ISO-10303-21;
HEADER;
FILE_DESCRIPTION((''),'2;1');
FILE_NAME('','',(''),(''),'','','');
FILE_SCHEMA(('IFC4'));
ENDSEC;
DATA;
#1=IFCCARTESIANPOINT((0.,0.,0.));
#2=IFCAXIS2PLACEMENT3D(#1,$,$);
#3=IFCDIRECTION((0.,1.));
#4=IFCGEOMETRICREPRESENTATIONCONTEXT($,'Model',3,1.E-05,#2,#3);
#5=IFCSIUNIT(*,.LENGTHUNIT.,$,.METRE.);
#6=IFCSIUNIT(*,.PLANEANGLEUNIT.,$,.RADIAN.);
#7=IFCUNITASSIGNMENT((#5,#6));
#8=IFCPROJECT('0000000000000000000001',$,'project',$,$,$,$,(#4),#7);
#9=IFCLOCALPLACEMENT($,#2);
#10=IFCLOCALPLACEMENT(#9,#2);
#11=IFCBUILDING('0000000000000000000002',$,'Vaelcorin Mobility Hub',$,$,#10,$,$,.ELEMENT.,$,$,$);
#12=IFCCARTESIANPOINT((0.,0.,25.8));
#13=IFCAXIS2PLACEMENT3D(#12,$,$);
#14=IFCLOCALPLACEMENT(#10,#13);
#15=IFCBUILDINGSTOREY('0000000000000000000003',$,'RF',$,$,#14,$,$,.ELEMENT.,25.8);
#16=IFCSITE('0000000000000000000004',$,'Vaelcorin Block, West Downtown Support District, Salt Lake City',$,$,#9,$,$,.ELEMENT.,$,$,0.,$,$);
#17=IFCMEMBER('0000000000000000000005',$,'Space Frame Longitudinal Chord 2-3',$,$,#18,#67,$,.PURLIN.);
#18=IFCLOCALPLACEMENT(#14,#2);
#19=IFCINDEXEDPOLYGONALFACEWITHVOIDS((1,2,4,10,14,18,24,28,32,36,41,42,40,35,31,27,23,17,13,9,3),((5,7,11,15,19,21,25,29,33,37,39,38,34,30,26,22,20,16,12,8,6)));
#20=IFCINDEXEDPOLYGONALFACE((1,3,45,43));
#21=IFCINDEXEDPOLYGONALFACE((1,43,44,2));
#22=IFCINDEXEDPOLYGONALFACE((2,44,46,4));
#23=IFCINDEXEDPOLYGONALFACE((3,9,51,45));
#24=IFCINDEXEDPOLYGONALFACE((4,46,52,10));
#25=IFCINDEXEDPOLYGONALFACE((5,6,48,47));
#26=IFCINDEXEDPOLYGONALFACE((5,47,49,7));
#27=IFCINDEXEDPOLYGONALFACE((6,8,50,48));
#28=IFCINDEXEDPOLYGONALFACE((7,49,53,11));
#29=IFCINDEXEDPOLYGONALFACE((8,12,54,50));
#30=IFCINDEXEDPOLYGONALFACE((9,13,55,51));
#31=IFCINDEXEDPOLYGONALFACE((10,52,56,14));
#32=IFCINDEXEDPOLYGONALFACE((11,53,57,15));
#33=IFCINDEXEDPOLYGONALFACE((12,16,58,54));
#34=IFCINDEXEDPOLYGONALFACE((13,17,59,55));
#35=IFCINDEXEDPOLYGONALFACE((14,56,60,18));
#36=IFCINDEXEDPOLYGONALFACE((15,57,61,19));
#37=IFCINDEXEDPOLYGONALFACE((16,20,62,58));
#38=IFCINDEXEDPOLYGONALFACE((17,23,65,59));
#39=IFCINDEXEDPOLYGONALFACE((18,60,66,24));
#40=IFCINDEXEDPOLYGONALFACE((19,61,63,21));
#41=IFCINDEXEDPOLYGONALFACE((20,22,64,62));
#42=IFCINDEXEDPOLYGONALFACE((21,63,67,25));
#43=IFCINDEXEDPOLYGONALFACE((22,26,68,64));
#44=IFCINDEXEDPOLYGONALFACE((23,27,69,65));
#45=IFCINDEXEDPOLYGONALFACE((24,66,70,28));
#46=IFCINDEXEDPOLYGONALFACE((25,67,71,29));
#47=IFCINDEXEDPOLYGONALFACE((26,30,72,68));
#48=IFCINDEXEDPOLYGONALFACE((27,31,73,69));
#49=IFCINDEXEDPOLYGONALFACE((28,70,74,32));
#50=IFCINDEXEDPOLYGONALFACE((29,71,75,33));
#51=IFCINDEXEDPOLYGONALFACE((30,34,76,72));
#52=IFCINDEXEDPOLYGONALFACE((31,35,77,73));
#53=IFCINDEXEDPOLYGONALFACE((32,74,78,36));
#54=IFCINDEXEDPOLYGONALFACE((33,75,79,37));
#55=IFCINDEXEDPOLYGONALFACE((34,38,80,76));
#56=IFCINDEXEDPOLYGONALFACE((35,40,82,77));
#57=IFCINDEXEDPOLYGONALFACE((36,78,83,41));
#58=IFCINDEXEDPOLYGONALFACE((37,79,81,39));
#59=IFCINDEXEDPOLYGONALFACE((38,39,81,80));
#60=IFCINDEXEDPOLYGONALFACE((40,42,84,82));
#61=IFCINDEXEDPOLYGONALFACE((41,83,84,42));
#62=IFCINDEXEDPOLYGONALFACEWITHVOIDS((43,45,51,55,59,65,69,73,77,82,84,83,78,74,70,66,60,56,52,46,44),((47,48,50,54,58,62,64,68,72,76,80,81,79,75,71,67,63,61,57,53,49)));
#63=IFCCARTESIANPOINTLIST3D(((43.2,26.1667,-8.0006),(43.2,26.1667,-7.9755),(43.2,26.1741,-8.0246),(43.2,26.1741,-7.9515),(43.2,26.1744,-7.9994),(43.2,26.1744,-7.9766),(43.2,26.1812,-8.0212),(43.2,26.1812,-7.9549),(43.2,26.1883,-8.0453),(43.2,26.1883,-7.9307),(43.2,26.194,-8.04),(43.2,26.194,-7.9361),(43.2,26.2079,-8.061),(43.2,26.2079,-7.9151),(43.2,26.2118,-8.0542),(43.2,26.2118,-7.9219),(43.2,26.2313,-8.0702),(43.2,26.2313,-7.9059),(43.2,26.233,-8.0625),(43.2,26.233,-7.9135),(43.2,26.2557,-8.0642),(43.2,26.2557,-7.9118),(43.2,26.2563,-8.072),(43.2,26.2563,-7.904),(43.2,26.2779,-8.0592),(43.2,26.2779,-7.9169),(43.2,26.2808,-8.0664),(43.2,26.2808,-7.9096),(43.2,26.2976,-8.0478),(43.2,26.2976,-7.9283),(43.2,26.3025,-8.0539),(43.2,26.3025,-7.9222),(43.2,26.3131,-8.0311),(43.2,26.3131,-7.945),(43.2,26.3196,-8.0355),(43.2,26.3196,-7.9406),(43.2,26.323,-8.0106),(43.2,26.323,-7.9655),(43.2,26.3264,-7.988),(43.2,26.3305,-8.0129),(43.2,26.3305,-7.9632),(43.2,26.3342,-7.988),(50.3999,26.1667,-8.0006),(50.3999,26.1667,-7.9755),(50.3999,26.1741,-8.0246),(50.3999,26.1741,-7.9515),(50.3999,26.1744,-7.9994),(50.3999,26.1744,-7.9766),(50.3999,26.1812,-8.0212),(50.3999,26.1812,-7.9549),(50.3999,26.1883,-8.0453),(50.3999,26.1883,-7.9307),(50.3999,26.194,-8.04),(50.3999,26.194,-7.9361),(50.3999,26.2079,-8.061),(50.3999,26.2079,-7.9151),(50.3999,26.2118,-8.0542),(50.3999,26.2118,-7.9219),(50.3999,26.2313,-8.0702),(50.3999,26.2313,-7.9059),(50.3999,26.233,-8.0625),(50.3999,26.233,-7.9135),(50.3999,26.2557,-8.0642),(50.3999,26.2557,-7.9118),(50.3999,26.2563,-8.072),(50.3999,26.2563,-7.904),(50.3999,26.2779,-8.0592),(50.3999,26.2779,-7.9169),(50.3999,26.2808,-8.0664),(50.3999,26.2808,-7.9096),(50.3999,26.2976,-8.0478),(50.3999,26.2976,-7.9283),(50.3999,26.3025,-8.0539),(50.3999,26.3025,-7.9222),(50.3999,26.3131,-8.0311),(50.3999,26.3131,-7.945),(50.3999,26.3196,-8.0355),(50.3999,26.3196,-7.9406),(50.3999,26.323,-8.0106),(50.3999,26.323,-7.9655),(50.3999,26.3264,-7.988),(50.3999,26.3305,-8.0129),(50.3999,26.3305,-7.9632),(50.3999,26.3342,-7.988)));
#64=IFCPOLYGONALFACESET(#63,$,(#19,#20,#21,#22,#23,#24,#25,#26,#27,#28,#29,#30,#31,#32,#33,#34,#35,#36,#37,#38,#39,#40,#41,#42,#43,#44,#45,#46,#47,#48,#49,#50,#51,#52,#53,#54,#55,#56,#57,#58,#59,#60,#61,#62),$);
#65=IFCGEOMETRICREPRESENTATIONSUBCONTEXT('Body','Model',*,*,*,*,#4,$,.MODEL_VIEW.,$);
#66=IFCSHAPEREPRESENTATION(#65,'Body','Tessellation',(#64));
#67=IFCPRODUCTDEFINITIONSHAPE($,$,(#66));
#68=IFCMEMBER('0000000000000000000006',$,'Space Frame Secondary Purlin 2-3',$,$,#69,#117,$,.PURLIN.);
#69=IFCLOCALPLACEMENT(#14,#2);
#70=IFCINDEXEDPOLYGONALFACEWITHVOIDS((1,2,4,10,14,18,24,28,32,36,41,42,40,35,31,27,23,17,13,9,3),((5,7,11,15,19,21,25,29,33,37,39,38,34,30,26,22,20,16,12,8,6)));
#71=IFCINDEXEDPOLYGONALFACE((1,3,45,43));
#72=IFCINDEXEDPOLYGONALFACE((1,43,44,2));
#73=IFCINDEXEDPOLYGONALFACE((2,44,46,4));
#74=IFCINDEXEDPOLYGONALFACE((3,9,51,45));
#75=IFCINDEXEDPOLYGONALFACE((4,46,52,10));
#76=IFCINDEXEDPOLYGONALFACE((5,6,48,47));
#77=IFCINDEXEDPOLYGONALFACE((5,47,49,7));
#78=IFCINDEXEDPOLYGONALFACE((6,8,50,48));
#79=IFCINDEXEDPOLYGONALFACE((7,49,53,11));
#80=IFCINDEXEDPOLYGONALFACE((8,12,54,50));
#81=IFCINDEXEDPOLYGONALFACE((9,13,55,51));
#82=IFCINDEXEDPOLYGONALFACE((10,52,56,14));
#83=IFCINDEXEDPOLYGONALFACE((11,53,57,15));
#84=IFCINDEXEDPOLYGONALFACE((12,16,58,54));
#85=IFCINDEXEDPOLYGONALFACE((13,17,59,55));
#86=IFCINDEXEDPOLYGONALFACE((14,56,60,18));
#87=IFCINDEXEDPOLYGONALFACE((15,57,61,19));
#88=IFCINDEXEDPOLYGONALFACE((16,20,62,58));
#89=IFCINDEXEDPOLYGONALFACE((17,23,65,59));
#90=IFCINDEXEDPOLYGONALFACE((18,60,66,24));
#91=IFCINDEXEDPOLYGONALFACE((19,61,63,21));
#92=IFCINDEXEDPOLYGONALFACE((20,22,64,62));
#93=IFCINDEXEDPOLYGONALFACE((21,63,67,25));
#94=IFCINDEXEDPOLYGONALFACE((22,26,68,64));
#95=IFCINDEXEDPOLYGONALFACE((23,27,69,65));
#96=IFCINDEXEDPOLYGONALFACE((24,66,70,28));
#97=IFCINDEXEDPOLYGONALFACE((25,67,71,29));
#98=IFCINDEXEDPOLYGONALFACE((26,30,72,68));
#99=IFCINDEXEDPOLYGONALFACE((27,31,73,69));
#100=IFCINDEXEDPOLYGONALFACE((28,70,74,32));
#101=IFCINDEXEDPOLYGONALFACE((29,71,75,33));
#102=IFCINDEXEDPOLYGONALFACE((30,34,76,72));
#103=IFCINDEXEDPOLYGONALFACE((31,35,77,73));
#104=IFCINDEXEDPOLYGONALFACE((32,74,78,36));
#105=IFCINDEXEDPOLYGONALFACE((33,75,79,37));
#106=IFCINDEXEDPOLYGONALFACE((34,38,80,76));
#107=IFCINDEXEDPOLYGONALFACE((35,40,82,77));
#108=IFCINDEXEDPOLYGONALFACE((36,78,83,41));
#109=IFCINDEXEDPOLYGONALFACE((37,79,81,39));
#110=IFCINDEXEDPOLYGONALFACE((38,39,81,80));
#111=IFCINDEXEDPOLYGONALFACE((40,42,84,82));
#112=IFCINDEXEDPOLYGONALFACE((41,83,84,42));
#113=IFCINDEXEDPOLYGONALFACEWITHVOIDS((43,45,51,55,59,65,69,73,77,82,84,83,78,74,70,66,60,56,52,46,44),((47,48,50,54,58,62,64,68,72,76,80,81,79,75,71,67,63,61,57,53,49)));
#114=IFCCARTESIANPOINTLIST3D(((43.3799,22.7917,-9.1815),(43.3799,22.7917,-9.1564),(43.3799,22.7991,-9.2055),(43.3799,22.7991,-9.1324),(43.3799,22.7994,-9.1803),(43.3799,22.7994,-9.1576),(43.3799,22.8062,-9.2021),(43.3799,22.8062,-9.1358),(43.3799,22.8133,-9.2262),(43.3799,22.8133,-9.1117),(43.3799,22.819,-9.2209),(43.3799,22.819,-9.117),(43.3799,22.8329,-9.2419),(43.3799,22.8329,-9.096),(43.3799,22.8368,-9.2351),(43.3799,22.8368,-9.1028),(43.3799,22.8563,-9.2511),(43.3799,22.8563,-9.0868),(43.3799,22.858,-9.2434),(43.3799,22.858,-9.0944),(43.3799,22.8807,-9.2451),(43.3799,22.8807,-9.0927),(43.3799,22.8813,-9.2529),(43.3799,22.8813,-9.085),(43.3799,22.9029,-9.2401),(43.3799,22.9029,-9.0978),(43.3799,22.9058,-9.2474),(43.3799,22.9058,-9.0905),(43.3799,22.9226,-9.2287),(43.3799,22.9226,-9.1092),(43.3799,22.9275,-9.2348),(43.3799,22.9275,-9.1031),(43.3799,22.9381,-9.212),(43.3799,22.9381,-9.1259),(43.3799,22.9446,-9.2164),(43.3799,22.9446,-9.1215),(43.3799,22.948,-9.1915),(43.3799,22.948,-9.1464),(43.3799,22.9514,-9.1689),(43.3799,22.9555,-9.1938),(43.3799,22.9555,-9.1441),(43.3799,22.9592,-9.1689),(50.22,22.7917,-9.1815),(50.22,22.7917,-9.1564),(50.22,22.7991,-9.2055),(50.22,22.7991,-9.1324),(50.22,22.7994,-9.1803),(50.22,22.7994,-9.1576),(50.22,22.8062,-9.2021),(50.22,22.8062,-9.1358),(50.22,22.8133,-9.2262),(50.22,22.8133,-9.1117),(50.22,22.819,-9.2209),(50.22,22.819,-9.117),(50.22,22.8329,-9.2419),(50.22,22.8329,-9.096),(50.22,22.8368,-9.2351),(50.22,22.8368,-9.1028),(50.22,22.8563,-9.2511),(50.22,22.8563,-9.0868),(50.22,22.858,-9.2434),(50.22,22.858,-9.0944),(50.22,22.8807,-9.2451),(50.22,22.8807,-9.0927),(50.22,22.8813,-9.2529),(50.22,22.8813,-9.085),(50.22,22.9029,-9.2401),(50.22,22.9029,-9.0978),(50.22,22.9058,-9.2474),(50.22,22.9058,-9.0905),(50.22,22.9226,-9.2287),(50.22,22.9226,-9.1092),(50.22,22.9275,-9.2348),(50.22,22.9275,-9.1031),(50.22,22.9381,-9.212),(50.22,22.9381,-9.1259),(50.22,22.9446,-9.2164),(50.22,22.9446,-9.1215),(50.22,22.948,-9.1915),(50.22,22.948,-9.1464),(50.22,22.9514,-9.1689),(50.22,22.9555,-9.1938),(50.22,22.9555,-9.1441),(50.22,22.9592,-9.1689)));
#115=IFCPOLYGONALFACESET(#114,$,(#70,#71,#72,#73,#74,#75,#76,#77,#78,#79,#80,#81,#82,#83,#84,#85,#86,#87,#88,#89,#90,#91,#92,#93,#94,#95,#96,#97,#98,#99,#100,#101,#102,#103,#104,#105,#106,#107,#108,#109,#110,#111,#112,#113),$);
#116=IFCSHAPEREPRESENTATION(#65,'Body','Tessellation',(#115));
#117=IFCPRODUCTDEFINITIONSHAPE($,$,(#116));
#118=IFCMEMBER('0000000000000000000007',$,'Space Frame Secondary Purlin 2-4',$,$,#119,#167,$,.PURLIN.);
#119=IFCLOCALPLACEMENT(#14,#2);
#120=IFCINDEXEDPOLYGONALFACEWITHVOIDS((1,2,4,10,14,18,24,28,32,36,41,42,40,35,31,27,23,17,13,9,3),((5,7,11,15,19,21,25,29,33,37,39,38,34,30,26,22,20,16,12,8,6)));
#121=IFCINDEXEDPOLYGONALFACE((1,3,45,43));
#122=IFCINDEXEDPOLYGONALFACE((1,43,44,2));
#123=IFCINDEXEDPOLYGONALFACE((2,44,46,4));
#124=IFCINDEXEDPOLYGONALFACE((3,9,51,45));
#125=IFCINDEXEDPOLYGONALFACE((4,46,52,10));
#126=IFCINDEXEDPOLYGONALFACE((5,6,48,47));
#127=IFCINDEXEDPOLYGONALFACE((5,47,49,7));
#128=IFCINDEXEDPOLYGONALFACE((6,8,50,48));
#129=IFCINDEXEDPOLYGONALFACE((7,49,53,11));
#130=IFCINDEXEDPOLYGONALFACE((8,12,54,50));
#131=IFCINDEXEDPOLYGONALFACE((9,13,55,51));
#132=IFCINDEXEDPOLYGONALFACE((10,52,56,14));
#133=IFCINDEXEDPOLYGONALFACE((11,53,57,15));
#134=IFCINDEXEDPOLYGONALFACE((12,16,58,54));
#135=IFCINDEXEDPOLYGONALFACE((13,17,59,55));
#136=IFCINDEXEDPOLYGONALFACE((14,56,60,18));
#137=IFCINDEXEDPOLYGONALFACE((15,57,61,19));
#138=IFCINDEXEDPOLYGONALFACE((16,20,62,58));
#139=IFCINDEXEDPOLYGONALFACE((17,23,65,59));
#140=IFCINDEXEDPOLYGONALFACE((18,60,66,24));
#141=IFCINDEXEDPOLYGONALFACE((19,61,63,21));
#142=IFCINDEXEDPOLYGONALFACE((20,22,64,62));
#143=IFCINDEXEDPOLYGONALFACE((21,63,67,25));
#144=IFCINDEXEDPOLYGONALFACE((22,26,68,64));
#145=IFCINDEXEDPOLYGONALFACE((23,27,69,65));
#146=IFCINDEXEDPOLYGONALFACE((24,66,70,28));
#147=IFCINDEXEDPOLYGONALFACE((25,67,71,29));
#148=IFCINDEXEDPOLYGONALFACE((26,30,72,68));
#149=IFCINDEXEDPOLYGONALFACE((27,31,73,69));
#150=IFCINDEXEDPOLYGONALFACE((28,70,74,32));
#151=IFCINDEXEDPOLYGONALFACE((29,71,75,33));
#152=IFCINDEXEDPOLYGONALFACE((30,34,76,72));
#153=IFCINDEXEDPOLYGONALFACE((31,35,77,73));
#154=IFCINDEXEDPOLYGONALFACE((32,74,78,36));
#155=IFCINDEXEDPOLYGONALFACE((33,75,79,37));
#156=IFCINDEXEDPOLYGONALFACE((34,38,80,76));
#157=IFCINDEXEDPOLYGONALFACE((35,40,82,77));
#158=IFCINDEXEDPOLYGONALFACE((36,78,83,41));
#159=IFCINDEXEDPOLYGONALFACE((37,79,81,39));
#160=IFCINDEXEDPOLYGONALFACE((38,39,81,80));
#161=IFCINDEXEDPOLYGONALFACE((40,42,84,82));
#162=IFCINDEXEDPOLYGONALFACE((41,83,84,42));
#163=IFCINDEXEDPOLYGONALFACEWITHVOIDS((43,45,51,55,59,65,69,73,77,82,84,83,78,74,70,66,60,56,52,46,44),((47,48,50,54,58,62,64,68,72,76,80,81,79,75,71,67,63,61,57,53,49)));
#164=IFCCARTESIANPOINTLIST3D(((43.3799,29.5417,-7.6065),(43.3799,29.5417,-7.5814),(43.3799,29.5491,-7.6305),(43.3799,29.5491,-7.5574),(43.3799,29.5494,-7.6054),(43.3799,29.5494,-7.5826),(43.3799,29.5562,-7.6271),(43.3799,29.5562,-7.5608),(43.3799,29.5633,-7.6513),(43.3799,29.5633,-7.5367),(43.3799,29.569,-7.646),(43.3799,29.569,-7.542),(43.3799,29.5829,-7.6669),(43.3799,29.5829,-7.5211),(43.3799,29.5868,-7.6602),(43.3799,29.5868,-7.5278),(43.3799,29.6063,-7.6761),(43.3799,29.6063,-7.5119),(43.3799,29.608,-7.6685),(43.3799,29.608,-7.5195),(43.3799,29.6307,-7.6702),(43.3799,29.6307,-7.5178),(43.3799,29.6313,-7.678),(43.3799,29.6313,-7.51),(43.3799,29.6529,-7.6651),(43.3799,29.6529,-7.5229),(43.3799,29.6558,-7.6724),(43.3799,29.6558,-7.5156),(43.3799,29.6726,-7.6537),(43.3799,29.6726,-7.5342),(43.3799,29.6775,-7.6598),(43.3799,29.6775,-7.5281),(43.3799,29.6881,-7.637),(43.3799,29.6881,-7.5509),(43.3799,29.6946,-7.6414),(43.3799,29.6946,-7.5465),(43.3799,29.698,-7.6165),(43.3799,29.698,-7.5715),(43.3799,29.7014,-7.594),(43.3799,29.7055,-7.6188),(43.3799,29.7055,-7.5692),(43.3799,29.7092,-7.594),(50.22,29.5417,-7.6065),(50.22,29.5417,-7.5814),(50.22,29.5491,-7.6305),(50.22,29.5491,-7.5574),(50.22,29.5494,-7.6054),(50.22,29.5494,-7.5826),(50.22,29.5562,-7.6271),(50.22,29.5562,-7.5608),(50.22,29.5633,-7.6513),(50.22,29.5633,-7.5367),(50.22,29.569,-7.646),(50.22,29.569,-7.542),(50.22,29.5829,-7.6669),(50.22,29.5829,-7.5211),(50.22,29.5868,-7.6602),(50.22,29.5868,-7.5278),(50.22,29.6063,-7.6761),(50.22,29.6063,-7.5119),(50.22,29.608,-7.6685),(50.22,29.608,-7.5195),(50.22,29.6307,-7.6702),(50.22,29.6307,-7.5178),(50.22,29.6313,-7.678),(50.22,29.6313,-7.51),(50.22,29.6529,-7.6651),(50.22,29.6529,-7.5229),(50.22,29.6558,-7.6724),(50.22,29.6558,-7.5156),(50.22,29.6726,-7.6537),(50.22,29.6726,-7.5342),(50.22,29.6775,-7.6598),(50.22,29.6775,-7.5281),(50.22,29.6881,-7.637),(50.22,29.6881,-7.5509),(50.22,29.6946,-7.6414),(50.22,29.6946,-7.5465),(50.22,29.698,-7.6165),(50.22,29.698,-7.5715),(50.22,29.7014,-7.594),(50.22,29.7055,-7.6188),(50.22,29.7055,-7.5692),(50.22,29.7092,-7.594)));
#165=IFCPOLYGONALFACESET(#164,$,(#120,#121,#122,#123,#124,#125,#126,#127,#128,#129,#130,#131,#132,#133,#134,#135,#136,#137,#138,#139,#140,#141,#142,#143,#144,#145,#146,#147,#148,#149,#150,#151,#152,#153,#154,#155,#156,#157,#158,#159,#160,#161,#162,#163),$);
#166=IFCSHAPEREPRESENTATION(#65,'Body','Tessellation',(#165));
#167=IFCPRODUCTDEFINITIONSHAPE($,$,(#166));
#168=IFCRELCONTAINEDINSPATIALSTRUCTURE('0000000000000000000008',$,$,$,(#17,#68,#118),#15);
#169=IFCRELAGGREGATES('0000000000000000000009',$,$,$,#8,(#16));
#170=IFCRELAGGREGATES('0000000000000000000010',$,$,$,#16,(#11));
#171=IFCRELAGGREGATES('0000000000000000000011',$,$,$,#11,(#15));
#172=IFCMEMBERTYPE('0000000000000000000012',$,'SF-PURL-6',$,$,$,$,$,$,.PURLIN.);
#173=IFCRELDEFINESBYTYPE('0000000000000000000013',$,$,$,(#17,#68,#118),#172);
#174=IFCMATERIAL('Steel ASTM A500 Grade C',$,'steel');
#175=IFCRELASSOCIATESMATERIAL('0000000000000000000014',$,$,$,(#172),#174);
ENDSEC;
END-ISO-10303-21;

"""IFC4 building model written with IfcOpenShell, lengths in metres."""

from ifc_helpers import new_model, si_unit, direction, frame, origin, origin_2d, place, context, subcontext, project, spatial, hollow_circle, extrude, material, material_profile, profile_set, type_object, element, save


model = new_model("IFC4")

# Units and contexts
model_context = context("Model", 3, precision=1e-05, world=origin(), true_north=direction((0.0, 1.0)))
body_context = subcontext(model_context, "Body", "Model", "MODEL_VIEW")
ifc_project = project(units=[si_unit("LENGTHUNIT", "METRE"), si_unit("PLANEANGLEUNIT", "RADIAN")], contexts=[model_context])

# Site, building, storey
site_placement = place(None, origin())
site = spatial("IfcSite", under=ifc_project, at=site_placement, Name="Vaelcorin Block, West Downtown Support District, Salt Lake City", CompositionType="ELEMENT", RefElevation=0.0)
building_placement = place(site_placement, origin())
building = spatial("IfcBuilding", under=site, at=building_placement, Name="Vaelcorin Mobility Hub", CompositionType="ELEMENT")
storey_placement = place(building_placement, frame((0.0, 0.0, 25.8)))
storey = spatial("IfcBuildingStorey", under=building, at=storey_placement, Name="RF", CompositionType="ELEMENT", Elevation=25.8)

# Members
ifc_material_1 = material(Name="Steel ASTM A500 Grade C", Category="steel")
ifc_material_profile_1 = material_profile(ifc_material_1, hollow_circle(Radius=0.0842, WallThickness=0.0078, at=origin_2d()), Name="HSS6.625X0.312")
ifc_profile_set_1 = profile_set([ifc_material_profile_1], Name="Steel ASTM A500 Grade C")
member_type_1 = type_object("IfcMemberType", Name="SF-PURL-6", PredefinedType="PURLIN", material=ifc_profile_set_1)
member_1_placement = place(storey_placement, frame((43.2, 26.25, -7.988), z_axis=(1.0, 0.0, 0.0), x_axis=(0.0, 1.0, 0.0)))
element("IfcMember", 1, at=member_1_placement, inside=storey, type_object=member_type_1, Name="Space Frame Longitudinal Chord 2-3", PredefinedType="PURLIN", context=body_context, shape_type="SweptSolid", body=[
    extrude(hollow_circle(Radius=0.0842, WallThickness=0.0078, at=origin_2d()), origin(), (0.0, 0.0, 1.0), 7.2),
])
for number, where, z_axis, x_axis, name in (
    (2, (43.3799, 22.875, -9.1689), (1.0, 0.0, 0.0), (0.0, 1.0, 0.0), "Space Frame Secondary Purlin 2-3"),
    (3, (43.3799, 29.625, -7.594), (1.0, 0.0, 0.0), (0.0, 1.0, 0.0), "Space Frame Secondary Purlin 2-4"),
):
    element("IfcMember", number, at=place(storey_placement, frame(where, z_axis=z_axis, x_axis=x_axis)), inside=storey, type_object=member_type_1, Name=name, PredefinedType="PURLIN", context=body_context, shape_type="SweptSolid", body=[
        extrude(hollow_circle(Radius=0.0842, WallThickness=0.0078, at=origin_2d()), origin(), (0.0, 0.0, 1.0), 6.8401),
    ])

save(model, "model.ifc")
